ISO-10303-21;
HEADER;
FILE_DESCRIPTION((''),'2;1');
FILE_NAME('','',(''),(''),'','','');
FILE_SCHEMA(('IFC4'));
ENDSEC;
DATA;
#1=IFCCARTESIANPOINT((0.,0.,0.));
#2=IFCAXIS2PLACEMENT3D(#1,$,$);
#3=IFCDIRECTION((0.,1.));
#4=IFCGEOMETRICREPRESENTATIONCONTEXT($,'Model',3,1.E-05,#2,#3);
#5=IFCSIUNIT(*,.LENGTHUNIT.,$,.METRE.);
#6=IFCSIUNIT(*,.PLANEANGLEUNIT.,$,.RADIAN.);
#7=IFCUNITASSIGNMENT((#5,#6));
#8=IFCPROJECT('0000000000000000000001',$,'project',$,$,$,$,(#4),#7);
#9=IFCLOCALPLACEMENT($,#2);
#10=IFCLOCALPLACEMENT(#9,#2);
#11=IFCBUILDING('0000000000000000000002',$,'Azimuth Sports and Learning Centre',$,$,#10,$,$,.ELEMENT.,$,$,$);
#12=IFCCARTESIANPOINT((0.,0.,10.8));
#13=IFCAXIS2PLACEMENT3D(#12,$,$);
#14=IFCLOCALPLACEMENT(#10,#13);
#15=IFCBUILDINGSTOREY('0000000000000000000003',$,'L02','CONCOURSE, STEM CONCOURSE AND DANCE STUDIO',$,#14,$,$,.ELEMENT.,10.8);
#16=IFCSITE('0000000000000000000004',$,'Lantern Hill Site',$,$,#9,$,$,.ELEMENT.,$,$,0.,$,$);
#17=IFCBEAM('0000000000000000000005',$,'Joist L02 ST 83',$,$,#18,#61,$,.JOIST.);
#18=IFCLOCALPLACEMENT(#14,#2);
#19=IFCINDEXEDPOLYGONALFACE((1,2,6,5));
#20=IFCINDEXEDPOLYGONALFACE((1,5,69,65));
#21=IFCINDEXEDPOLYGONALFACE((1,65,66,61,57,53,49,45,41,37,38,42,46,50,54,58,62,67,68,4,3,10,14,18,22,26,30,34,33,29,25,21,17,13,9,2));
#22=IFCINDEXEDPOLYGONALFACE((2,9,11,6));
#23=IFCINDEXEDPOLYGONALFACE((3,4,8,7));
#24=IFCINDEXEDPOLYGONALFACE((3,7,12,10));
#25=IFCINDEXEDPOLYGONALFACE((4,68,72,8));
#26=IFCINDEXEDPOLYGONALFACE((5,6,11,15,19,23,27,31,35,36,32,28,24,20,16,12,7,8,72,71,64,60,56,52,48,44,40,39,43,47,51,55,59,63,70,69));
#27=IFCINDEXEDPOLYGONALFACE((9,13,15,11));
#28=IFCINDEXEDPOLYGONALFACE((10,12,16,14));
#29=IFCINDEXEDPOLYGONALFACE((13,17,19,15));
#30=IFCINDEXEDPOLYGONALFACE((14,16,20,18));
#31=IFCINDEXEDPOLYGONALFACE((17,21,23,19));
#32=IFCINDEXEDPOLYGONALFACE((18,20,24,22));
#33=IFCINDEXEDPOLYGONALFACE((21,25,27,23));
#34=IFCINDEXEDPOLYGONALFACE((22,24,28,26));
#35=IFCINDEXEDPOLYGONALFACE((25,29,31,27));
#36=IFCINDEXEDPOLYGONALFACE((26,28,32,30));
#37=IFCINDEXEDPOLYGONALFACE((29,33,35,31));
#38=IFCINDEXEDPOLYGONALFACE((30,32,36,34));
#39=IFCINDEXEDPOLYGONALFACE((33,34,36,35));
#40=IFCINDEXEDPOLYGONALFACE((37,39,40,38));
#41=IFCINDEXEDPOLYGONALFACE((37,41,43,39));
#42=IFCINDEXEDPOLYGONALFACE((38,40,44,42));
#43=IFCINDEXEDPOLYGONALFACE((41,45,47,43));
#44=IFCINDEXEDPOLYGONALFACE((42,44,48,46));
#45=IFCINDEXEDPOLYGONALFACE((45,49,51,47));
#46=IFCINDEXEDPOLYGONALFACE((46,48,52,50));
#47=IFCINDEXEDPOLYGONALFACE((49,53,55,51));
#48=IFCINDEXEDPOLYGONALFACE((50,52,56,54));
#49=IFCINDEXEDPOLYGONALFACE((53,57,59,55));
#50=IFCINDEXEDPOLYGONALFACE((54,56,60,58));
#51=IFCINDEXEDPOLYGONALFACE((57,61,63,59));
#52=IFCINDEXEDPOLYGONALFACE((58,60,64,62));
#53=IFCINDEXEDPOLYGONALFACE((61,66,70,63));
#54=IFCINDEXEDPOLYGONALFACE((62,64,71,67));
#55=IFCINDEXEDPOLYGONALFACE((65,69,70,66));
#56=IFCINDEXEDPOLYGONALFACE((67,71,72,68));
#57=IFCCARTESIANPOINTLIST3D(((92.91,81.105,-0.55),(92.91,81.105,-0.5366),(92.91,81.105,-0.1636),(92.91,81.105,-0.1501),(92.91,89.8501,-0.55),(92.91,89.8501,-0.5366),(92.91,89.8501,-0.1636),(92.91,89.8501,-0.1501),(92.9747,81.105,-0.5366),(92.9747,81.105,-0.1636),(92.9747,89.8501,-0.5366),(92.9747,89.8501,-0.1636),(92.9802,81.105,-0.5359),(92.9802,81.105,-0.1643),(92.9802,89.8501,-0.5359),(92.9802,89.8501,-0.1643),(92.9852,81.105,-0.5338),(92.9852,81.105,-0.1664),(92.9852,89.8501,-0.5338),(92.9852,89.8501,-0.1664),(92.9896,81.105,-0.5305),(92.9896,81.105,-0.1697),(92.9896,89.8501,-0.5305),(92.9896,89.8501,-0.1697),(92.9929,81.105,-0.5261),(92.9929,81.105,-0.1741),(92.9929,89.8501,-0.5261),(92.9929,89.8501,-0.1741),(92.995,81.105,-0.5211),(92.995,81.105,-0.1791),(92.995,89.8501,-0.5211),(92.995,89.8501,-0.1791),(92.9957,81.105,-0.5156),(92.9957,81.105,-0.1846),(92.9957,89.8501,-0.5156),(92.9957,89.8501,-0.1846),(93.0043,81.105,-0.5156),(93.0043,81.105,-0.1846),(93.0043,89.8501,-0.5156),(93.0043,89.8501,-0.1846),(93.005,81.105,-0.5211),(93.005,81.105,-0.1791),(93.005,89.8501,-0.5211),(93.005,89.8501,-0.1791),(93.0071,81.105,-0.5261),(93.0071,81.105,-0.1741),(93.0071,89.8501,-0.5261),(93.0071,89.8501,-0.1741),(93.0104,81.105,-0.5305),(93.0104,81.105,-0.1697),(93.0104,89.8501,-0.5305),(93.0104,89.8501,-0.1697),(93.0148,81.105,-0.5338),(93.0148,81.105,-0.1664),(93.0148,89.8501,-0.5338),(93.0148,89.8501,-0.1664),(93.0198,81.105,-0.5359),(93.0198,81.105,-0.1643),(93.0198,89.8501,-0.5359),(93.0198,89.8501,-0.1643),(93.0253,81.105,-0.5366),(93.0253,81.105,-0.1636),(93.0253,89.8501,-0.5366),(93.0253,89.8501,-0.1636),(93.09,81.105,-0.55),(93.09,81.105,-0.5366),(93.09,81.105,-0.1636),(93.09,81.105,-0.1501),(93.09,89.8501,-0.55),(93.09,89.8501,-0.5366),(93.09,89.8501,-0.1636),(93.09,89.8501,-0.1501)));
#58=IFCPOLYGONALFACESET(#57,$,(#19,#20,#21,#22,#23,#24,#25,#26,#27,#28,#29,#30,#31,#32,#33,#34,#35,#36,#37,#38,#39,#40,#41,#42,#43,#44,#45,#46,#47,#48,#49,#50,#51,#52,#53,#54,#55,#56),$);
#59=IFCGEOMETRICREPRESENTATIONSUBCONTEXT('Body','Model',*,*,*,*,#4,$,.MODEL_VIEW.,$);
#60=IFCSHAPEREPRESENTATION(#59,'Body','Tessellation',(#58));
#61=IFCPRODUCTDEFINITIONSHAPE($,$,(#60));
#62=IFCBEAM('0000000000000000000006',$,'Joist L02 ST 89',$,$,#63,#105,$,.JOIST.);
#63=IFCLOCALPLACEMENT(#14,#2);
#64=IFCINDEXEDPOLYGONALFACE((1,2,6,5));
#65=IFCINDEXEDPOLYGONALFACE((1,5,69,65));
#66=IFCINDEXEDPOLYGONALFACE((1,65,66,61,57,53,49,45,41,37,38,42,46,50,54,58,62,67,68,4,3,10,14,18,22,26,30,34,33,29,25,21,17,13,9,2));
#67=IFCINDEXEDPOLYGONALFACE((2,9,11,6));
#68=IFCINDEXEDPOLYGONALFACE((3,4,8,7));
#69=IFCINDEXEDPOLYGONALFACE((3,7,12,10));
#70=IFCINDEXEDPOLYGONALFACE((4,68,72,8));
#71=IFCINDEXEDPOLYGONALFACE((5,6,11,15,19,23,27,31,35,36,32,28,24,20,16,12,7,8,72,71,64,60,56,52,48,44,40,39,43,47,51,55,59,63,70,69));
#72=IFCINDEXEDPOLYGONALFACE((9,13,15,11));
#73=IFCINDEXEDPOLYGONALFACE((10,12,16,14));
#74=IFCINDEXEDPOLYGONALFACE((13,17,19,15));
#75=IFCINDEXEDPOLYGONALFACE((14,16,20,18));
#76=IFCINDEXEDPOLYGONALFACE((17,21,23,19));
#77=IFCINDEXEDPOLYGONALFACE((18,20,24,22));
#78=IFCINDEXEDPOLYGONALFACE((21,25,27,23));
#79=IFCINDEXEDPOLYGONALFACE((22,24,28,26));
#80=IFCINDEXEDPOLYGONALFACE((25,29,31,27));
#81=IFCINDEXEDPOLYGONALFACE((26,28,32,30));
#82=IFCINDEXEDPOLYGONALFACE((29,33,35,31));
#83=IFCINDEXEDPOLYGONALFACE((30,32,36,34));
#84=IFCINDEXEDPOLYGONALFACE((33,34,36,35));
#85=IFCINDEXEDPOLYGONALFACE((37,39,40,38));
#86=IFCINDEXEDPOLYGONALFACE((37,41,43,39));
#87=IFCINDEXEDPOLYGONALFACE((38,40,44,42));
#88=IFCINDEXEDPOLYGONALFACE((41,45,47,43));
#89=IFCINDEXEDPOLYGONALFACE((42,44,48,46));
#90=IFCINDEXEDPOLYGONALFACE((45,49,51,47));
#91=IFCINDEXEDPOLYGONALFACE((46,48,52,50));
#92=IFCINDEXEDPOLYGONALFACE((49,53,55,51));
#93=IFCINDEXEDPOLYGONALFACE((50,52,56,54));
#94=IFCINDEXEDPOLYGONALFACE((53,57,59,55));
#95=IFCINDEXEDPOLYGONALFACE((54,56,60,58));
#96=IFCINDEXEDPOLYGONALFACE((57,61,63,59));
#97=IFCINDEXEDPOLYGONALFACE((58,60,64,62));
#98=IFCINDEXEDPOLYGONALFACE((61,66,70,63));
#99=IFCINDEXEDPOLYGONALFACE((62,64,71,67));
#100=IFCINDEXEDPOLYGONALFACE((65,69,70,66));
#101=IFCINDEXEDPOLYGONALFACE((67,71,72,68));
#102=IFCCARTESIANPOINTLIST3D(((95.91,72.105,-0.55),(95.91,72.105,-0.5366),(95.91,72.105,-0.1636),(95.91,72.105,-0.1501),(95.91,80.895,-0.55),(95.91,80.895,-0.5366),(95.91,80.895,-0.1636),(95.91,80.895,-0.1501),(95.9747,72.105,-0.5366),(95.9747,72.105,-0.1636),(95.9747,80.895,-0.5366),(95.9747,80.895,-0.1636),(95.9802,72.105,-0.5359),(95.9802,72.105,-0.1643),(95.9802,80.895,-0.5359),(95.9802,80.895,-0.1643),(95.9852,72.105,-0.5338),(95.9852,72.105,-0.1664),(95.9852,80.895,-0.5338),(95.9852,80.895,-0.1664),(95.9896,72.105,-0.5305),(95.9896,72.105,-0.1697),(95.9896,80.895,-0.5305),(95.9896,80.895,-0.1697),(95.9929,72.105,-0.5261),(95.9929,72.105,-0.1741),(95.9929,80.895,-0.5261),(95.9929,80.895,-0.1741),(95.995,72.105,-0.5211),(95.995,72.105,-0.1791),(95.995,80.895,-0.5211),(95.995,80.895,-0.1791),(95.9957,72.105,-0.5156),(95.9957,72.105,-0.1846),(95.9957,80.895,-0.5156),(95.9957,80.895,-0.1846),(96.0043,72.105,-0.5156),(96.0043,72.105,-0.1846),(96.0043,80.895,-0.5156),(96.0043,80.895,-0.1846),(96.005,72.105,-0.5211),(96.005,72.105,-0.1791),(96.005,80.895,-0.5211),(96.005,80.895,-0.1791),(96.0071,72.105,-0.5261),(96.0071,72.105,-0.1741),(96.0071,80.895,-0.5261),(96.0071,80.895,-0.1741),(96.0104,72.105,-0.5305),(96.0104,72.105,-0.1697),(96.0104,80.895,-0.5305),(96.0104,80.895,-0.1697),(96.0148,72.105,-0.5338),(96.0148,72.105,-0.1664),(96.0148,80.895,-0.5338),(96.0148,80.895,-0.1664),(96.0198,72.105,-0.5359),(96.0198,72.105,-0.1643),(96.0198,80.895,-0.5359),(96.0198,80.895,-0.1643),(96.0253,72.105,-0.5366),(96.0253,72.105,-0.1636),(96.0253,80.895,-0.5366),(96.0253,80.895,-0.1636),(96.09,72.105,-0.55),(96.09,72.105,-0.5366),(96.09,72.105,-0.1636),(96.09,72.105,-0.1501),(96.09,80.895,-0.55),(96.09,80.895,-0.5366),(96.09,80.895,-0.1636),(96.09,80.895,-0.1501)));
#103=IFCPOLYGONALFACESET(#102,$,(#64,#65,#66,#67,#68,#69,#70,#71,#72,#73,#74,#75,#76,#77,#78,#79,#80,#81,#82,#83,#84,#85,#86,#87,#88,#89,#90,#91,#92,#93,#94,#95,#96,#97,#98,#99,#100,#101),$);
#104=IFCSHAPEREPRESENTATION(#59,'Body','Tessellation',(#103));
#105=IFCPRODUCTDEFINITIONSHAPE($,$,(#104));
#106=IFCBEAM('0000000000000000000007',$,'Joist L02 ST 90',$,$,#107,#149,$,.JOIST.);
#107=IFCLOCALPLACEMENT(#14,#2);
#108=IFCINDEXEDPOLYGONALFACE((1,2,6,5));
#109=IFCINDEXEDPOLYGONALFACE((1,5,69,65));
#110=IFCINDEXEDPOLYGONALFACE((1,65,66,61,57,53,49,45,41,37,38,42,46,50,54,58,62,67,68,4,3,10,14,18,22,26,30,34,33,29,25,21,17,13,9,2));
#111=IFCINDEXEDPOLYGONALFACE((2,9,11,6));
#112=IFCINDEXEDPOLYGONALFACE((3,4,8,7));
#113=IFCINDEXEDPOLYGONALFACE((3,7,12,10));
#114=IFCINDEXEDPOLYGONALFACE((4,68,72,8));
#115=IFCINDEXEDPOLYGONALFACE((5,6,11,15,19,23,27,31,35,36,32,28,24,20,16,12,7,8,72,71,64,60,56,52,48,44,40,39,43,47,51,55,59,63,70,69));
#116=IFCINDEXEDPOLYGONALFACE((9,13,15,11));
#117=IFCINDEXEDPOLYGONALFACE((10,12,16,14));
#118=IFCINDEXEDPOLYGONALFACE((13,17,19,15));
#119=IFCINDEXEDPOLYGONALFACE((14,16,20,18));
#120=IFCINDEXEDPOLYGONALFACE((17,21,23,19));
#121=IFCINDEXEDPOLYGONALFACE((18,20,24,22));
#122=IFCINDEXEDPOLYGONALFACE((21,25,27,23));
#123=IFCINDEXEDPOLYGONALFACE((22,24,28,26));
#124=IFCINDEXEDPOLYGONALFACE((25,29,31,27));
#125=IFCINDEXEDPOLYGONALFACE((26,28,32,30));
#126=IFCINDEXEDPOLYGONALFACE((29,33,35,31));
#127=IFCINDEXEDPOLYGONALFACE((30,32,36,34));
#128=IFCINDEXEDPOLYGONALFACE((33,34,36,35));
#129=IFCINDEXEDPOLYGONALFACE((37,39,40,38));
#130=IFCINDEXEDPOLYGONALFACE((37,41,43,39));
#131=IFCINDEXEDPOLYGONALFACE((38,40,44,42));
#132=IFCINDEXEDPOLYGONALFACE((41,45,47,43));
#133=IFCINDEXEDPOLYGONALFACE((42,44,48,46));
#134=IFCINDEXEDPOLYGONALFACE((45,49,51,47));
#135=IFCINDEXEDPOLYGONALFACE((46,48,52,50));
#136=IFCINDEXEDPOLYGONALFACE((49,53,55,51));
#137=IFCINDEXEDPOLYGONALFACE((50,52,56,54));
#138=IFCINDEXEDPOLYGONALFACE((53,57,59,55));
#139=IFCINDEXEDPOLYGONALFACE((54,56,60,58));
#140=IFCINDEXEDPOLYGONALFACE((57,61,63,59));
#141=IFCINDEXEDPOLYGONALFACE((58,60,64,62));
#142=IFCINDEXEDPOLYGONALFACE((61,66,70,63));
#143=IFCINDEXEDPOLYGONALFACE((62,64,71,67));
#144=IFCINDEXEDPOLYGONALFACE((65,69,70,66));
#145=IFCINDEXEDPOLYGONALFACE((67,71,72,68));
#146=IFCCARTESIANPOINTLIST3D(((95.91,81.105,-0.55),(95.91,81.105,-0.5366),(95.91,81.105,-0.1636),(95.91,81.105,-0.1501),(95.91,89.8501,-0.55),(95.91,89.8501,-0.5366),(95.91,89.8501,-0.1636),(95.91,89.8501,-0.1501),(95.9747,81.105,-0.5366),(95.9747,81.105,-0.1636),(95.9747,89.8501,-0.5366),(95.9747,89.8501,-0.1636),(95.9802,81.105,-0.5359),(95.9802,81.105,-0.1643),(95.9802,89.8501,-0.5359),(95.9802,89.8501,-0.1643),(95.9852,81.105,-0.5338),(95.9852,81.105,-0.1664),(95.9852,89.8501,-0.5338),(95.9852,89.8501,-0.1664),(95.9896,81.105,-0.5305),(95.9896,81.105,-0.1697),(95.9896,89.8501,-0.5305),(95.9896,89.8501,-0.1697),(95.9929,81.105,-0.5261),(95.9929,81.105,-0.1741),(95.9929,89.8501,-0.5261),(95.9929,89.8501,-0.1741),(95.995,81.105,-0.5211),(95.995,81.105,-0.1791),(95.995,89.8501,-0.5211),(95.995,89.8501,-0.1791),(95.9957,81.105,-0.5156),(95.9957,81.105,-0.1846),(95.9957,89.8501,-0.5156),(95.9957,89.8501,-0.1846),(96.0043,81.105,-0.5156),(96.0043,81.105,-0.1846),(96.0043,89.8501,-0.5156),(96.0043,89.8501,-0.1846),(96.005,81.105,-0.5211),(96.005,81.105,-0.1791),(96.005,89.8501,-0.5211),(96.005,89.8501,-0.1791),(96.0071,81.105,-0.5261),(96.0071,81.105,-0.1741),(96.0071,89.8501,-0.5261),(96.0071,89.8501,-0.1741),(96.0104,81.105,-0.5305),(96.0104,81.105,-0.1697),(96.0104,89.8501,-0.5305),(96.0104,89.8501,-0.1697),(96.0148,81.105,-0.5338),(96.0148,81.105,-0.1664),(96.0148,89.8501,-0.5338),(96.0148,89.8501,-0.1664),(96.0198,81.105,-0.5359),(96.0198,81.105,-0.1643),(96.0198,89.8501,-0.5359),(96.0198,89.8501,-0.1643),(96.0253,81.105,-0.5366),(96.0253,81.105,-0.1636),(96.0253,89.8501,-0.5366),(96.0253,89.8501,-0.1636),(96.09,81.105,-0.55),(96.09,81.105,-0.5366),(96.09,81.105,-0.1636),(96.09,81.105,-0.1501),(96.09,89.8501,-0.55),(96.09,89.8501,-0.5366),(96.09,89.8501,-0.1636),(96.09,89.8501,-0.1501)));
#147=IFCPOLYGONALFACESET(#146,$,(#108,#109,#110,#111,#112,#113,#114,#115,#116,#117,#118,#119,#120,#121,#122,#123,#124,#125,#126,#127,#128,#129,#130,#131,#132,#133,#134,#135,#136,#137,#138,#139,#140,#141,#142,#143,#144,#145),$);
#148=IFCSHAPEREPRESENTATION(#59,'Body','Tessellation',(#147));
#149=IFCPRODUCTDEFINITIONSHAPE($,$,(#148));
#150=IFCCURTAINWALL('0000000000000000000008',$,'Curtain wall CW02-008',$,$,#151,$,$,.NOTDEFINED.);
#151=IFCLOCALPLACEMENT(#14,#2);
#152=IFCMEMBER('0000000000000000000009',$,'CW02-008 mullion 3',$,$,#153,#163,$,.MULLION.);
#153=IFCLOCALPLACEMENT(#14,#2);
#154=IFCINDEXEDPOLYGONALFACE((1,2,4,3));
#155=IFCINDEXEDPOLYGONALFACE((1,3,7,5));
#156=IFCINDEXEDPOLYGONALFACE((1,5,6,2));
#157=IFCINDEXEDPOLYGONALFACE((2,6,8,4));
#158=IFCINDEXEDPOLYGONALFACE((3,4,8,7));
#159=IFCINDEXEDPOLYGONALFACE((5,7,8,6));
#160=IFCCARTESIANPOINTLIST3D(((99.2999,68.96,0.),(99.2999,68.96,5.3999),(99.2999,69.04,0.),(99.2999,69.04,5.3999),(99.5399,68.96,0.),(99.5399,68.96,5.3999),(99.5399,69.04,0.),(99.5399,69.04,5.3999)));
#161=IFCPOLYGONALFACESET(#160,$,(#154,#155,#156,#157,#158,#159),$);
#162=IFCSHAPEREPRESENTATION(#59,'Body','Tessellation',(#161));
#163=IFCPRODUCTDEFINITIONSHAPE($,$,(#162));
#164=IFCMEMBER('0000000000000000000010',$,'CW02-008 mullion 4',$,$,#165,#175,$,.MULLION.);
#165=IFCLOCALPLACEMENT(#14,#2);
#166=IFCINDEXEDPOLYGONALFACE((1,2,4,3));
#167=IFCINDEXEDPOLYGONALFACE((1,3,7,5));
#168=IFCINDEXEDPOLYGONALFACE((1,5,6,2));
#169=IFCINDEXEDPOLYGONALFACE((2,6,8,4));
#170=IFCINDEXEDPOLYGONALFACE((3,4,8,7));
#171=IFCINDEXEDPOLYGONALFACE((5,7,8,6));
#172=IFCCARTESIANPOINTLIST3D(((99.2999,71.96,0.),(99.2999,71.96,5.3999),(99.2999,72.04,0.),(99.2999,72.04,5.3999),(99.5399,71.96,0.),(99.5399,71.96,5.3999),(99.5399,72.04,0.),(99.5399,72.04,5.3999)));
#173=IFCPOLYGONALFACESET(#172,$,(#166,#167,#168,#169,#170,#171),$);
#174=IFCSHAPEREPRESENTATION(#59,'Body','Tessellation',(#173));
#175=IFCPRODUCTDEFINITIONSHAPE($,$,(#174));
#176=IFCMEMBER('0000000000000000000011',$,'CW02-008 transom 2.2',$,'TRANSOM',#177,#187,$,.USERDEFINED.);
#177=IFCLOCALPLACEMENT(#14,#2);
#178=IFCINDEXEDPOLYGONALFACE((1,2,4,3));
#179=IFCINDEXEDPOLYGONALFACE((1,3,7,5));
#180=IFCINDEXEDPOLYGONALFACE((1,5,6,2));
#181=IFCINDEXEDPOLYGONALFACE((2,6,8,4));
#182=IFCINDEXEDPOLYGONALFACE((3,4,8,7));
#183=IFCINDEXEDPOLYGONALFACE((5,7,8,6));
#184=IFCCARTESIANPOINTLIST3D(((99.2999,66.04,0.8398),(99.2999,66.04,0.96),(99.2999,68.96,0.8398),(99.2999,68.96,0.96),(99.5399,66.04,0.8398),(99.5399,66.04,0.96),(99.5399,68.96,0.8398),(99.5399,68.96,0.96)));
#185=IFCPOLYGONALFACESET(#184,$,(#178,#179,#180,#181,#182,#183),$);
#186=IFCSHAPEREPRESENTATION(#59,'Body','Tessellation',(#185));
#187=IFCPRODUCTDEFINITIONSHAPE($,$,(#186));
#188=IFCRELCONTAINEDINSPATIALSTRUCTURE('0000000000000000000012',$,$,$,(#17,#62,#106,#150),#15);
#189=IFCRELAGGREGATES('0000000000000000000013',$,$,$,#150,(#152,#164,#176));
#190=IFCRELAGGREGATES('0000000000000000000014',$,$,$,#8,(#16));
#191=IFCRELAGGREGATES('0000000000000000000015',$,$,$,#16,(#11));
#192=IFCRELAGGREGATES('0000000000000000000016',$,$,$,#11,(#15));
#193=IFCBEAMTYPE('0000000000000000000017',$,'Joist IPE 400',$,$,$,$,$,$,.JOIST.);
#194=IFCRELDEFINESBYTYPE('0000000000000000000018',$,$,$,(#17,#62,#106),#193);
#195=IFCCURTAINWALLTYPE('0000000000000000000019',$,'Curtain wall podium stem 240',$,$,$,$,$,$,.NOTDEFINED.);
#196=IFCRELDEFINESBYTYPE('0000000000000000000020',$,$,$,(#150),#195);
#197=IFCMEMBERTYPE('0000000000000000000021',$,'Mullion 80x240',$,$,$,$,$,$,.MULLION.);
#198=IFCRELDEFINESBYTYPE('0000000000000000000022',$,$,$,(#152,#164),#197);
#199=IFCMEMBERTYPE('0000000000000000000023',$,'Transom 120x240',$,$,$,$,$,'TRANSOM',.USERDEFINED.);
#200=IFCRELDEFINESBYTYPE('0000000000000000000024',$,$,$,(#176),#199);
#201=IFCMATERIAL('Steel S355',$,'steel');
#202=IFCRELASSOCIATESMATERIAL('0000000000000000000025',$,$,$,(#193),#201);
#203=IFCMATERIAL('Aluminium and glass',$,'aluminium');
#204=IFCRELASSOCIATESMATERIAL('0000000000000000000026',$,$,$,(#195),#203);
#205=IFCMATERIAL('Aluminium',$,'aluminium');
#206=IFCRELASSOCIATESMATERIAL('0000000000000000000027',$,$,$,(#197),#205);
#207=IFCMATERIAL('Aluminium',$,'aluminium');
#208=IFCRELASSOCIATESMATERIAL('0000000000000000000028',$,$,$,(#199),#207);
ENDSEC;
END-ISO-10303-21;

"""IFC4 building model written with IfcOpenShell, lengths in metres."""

from ifc_helpers import new_model, si_unit, direction, frame, origin, origin_2d, place, context, subcontext, project, spatial, rectangle, i_section, extrude, material, material_profile, profile_set, type_object, element, aggregate, save


model = new_model("IFC4")

# Units and contexts
model_context = context("Model", 3, precision=1e-05, world=origin(), true_north=direction((0.0, 1.0)))
body_context = subcontext(model_context, "Body", "Model", "MODEL_VIEW")
ifc_project = project(units=[si_unit("LENGTHUNIT", "METRE"), si_unit("PLANEANGLEUNIT", "RADIAN")], contexts=[model_context])

# Site, building, storey
site_placement = place(None, origin())
site = spatial("IfcSite", under=ifc_project, at=site_placement, Name="Lantern Hill Site", CompositionType="ELEMENT", RefElevation=0.0)
building_placement = place(site_placement, origin())
building = spatial("IfcBuilding", under=site, at=building_placement, Name="Azimuth Sports and Learning Centre", CompositionType="ELEMENT")
storey_placement = place(building_placement, frame((0.0, 0.0, 10.8)))
storey = spatial("IfcBuildingStorey", under=building, at=storey_placement, Name="L02", Description="CONCOURSE, STEM CONCOURSE AND DANCE STUDIO", CompositionType="ELEMENT", Elevation=10.8)

# Beams
ifc_material_1 = material(Name="Steel S355", Category="steel")
ifc_material_profile_1 = material_profile(ifc_material_1, i_section(OverallWidth=0.1799, OverallDepth=0.3999, WebThickness=0.0085, FlangeThickness=0.0134, FilletRadius=0.021, at=origin_2d()), Name="IPE 400")
ifc_profile_set_1 = profile_set([ifc_material_profile_1], Name="Steel S355")
beam_type_1 = type_object("IfcBeamType", Name="Joist IPE 400", PredefinedType="JOIST", material=ifc_profile_set_1)
beam_1_placement = place(storey_placement, frame((93.0, 81.105, -0.3501), z_axis=(0.0, 1.0, 0.0), x_axis=(-1.0, 0.0, 0.0)))
element("IfcBeam", 1, at=beam_1_placement, inside=storey, type_object=beam_type_1, Name="Joist L02 ST 83", PredefinedType="JOIST", context=body_context, shape_type="SweptSolid", body=[
    extrude(i_section(OverallWidth=0.1799, OverallDepth=0.3999, WebThickness=0.0085, FlangeThickness=0.0134, FilletRadius=0.021, at=origin_2d()), origin(), (0.0, 0.0, 1.0), 8.7451),
])
beam_2_placement = place(storey_placement, frame((96.0, 72.105, -0.3501), z_axis=(0.0, 1.0, 0.0), x_axis=(-1.0, 0.0, 0.0)))
element("IfcBeam", 2, at=beam_2_placement, inside=storey, type_object=beam_type_1, Name="Joist L02 ST 89", PredefinedType="JOIST", context=body_context, shape_type="SweptSolid", body=[
    extrude(i_section(OverallWidth=0.1799, OverallDepth=0.3999, WebThickness=0.0085, FlangeThickness=0.0134, FilletRadius=0.021, at=origin_2d()), origin(), (0.0, 0.0, 1.0), 8.79),
])
beam_3_placement = place(storey_placement, frame((96.0, 81.105, -0.3501), z_axis=(0.0, 1.0, 0.0), x_axis=(-1.0, 0.0, 0.0)))
element("IfcBeam", 3, at=beam_3_placement, inside=storey, type_object=beam_type_1, Name="Joist L02 ST 90", PredefinedType="JOIST", context=body_context, shape_type="SweptSolid", body=[
    extrude(i_section(OverallWidth=0.1799, OverallDepth=0.3999, WebThickness=0.0085, FlangeThickness=0.0134, FilletRadius=0.021, at=origin_2d()), origin(), (0.0, 0.0, 1.0), 8.7451),
])

# Curtain wall, members
ifc_material_2 = material(Name="Aluminium and glass", Category="aluminium")
curtain_wall_type = type_object("IfcCurtainWallType", Name="Curtain wall podium stem 240", PredefinedType="NOTDEFINED", material=ifc_material_2)
curtain_wall_placement = place(storey_placement, origin())
curtain_wall = element("IfcCurtainWall", 4, at=curtain_wall_placement, inside=storey, type_object=curtain_wall_type, Name="Curtain wall CW02-008", PredefinedType="NOTDEFINED")
ifc_material_3 = material(Name="Aluminium", Category="aluminium")
ifc_material_profile_2 = material_profile(ifc_material_3, rectangle(XDim=0.24, YDim=0.0801, at=origin_2d()), Name="Mullion 80x240")
ifc_profile_set_2 = profile_set([ifc_material_profile_2], Name="Aluminium")
member_type_1 = type_object("IfcMemberType", Name="Mullion 80x240", PredefinedType="MULLION", material=ifc_profile_set_2)
member_1_placement = place(storey_placement, frame((99.4199, 69.0, 0.0), z_axis=(0.0, 0.0, 1.0), x_axis=(-1.0, 0.0, 0.0)))
member_1 = element("IfcMember", 5, at=member_1_placement, type_object=member_type_1, Name="CW02-008 mullion 3", PredefinedType="MULLION", context=body_context, shape_type="SweptSolid", body=[
    extrude(rectangle(XDim=0.24, YDim=0.0801, at=origin_2d()), origin(), (0.0, 0.0, 1.0), 5.3999),
])
member_2_placement = place(storey_placement, frame((99.4199, 72.0, 0.0), z_axis=(0.0, 0.0, 1.0), x_axis=(-1.0, 0.0, 0.0)))
member_2 = element("IfcMember", 6, at=member_2_placement, type_object=member_type_1, Name="CW02-008 mullion 4", PredefinedType="MULLION", context=body_context, shape_type="SweptSolid", body=[
    extrude(rectangle(XDim=0.24, YDim=0.0801, at=origin_2d()), origin(), (0.0, 0.0, 1.0), 5.3999),
])
ifc_material_4 = material(Name="Aluminium", Category="aluminium")
ifc_material_profile_3 = material_profile(ifc_material_4, rectangle(XDim=0.24, YDim=0.1201, at=origin_2d()), Name="Transom 120x240")
ifc_profile_set_3 = profile_set([ifc_material_profile_3], Name="Aluminium")
member_type_2 = type_object("IfcMemberType", Name="Transom 120x240", ElementType="TRANSOM", PredefinedType="USERDEFINED", material=ifc_profile_set_3)
member_3_placement = place(storey_placement, frame((99.4199, 66.04, 0.8999), z_axis=(0.0, 1.0, 0.0), x_axis=(-1.0, 0.0, 0.0)))
member_3 = element("IfcMember", 7, at=member_3_placement, type_object=member_type_2, Name="CW02-008 transom 2.2", ObjectType="TRANSOM", PredefinedType="USERDEFINED", context=body_context, shape_type="SweptSolid", body=[
    extrude(rectangle(XDim=0.24, YDim=0.1201, at=origin_2d()), origin(), (0.0, 0.0, 1.0), 2.9199),
])
aggregate(curtain_wall, [member_1, member_2, member_3])

save(model, "model.ifc")
